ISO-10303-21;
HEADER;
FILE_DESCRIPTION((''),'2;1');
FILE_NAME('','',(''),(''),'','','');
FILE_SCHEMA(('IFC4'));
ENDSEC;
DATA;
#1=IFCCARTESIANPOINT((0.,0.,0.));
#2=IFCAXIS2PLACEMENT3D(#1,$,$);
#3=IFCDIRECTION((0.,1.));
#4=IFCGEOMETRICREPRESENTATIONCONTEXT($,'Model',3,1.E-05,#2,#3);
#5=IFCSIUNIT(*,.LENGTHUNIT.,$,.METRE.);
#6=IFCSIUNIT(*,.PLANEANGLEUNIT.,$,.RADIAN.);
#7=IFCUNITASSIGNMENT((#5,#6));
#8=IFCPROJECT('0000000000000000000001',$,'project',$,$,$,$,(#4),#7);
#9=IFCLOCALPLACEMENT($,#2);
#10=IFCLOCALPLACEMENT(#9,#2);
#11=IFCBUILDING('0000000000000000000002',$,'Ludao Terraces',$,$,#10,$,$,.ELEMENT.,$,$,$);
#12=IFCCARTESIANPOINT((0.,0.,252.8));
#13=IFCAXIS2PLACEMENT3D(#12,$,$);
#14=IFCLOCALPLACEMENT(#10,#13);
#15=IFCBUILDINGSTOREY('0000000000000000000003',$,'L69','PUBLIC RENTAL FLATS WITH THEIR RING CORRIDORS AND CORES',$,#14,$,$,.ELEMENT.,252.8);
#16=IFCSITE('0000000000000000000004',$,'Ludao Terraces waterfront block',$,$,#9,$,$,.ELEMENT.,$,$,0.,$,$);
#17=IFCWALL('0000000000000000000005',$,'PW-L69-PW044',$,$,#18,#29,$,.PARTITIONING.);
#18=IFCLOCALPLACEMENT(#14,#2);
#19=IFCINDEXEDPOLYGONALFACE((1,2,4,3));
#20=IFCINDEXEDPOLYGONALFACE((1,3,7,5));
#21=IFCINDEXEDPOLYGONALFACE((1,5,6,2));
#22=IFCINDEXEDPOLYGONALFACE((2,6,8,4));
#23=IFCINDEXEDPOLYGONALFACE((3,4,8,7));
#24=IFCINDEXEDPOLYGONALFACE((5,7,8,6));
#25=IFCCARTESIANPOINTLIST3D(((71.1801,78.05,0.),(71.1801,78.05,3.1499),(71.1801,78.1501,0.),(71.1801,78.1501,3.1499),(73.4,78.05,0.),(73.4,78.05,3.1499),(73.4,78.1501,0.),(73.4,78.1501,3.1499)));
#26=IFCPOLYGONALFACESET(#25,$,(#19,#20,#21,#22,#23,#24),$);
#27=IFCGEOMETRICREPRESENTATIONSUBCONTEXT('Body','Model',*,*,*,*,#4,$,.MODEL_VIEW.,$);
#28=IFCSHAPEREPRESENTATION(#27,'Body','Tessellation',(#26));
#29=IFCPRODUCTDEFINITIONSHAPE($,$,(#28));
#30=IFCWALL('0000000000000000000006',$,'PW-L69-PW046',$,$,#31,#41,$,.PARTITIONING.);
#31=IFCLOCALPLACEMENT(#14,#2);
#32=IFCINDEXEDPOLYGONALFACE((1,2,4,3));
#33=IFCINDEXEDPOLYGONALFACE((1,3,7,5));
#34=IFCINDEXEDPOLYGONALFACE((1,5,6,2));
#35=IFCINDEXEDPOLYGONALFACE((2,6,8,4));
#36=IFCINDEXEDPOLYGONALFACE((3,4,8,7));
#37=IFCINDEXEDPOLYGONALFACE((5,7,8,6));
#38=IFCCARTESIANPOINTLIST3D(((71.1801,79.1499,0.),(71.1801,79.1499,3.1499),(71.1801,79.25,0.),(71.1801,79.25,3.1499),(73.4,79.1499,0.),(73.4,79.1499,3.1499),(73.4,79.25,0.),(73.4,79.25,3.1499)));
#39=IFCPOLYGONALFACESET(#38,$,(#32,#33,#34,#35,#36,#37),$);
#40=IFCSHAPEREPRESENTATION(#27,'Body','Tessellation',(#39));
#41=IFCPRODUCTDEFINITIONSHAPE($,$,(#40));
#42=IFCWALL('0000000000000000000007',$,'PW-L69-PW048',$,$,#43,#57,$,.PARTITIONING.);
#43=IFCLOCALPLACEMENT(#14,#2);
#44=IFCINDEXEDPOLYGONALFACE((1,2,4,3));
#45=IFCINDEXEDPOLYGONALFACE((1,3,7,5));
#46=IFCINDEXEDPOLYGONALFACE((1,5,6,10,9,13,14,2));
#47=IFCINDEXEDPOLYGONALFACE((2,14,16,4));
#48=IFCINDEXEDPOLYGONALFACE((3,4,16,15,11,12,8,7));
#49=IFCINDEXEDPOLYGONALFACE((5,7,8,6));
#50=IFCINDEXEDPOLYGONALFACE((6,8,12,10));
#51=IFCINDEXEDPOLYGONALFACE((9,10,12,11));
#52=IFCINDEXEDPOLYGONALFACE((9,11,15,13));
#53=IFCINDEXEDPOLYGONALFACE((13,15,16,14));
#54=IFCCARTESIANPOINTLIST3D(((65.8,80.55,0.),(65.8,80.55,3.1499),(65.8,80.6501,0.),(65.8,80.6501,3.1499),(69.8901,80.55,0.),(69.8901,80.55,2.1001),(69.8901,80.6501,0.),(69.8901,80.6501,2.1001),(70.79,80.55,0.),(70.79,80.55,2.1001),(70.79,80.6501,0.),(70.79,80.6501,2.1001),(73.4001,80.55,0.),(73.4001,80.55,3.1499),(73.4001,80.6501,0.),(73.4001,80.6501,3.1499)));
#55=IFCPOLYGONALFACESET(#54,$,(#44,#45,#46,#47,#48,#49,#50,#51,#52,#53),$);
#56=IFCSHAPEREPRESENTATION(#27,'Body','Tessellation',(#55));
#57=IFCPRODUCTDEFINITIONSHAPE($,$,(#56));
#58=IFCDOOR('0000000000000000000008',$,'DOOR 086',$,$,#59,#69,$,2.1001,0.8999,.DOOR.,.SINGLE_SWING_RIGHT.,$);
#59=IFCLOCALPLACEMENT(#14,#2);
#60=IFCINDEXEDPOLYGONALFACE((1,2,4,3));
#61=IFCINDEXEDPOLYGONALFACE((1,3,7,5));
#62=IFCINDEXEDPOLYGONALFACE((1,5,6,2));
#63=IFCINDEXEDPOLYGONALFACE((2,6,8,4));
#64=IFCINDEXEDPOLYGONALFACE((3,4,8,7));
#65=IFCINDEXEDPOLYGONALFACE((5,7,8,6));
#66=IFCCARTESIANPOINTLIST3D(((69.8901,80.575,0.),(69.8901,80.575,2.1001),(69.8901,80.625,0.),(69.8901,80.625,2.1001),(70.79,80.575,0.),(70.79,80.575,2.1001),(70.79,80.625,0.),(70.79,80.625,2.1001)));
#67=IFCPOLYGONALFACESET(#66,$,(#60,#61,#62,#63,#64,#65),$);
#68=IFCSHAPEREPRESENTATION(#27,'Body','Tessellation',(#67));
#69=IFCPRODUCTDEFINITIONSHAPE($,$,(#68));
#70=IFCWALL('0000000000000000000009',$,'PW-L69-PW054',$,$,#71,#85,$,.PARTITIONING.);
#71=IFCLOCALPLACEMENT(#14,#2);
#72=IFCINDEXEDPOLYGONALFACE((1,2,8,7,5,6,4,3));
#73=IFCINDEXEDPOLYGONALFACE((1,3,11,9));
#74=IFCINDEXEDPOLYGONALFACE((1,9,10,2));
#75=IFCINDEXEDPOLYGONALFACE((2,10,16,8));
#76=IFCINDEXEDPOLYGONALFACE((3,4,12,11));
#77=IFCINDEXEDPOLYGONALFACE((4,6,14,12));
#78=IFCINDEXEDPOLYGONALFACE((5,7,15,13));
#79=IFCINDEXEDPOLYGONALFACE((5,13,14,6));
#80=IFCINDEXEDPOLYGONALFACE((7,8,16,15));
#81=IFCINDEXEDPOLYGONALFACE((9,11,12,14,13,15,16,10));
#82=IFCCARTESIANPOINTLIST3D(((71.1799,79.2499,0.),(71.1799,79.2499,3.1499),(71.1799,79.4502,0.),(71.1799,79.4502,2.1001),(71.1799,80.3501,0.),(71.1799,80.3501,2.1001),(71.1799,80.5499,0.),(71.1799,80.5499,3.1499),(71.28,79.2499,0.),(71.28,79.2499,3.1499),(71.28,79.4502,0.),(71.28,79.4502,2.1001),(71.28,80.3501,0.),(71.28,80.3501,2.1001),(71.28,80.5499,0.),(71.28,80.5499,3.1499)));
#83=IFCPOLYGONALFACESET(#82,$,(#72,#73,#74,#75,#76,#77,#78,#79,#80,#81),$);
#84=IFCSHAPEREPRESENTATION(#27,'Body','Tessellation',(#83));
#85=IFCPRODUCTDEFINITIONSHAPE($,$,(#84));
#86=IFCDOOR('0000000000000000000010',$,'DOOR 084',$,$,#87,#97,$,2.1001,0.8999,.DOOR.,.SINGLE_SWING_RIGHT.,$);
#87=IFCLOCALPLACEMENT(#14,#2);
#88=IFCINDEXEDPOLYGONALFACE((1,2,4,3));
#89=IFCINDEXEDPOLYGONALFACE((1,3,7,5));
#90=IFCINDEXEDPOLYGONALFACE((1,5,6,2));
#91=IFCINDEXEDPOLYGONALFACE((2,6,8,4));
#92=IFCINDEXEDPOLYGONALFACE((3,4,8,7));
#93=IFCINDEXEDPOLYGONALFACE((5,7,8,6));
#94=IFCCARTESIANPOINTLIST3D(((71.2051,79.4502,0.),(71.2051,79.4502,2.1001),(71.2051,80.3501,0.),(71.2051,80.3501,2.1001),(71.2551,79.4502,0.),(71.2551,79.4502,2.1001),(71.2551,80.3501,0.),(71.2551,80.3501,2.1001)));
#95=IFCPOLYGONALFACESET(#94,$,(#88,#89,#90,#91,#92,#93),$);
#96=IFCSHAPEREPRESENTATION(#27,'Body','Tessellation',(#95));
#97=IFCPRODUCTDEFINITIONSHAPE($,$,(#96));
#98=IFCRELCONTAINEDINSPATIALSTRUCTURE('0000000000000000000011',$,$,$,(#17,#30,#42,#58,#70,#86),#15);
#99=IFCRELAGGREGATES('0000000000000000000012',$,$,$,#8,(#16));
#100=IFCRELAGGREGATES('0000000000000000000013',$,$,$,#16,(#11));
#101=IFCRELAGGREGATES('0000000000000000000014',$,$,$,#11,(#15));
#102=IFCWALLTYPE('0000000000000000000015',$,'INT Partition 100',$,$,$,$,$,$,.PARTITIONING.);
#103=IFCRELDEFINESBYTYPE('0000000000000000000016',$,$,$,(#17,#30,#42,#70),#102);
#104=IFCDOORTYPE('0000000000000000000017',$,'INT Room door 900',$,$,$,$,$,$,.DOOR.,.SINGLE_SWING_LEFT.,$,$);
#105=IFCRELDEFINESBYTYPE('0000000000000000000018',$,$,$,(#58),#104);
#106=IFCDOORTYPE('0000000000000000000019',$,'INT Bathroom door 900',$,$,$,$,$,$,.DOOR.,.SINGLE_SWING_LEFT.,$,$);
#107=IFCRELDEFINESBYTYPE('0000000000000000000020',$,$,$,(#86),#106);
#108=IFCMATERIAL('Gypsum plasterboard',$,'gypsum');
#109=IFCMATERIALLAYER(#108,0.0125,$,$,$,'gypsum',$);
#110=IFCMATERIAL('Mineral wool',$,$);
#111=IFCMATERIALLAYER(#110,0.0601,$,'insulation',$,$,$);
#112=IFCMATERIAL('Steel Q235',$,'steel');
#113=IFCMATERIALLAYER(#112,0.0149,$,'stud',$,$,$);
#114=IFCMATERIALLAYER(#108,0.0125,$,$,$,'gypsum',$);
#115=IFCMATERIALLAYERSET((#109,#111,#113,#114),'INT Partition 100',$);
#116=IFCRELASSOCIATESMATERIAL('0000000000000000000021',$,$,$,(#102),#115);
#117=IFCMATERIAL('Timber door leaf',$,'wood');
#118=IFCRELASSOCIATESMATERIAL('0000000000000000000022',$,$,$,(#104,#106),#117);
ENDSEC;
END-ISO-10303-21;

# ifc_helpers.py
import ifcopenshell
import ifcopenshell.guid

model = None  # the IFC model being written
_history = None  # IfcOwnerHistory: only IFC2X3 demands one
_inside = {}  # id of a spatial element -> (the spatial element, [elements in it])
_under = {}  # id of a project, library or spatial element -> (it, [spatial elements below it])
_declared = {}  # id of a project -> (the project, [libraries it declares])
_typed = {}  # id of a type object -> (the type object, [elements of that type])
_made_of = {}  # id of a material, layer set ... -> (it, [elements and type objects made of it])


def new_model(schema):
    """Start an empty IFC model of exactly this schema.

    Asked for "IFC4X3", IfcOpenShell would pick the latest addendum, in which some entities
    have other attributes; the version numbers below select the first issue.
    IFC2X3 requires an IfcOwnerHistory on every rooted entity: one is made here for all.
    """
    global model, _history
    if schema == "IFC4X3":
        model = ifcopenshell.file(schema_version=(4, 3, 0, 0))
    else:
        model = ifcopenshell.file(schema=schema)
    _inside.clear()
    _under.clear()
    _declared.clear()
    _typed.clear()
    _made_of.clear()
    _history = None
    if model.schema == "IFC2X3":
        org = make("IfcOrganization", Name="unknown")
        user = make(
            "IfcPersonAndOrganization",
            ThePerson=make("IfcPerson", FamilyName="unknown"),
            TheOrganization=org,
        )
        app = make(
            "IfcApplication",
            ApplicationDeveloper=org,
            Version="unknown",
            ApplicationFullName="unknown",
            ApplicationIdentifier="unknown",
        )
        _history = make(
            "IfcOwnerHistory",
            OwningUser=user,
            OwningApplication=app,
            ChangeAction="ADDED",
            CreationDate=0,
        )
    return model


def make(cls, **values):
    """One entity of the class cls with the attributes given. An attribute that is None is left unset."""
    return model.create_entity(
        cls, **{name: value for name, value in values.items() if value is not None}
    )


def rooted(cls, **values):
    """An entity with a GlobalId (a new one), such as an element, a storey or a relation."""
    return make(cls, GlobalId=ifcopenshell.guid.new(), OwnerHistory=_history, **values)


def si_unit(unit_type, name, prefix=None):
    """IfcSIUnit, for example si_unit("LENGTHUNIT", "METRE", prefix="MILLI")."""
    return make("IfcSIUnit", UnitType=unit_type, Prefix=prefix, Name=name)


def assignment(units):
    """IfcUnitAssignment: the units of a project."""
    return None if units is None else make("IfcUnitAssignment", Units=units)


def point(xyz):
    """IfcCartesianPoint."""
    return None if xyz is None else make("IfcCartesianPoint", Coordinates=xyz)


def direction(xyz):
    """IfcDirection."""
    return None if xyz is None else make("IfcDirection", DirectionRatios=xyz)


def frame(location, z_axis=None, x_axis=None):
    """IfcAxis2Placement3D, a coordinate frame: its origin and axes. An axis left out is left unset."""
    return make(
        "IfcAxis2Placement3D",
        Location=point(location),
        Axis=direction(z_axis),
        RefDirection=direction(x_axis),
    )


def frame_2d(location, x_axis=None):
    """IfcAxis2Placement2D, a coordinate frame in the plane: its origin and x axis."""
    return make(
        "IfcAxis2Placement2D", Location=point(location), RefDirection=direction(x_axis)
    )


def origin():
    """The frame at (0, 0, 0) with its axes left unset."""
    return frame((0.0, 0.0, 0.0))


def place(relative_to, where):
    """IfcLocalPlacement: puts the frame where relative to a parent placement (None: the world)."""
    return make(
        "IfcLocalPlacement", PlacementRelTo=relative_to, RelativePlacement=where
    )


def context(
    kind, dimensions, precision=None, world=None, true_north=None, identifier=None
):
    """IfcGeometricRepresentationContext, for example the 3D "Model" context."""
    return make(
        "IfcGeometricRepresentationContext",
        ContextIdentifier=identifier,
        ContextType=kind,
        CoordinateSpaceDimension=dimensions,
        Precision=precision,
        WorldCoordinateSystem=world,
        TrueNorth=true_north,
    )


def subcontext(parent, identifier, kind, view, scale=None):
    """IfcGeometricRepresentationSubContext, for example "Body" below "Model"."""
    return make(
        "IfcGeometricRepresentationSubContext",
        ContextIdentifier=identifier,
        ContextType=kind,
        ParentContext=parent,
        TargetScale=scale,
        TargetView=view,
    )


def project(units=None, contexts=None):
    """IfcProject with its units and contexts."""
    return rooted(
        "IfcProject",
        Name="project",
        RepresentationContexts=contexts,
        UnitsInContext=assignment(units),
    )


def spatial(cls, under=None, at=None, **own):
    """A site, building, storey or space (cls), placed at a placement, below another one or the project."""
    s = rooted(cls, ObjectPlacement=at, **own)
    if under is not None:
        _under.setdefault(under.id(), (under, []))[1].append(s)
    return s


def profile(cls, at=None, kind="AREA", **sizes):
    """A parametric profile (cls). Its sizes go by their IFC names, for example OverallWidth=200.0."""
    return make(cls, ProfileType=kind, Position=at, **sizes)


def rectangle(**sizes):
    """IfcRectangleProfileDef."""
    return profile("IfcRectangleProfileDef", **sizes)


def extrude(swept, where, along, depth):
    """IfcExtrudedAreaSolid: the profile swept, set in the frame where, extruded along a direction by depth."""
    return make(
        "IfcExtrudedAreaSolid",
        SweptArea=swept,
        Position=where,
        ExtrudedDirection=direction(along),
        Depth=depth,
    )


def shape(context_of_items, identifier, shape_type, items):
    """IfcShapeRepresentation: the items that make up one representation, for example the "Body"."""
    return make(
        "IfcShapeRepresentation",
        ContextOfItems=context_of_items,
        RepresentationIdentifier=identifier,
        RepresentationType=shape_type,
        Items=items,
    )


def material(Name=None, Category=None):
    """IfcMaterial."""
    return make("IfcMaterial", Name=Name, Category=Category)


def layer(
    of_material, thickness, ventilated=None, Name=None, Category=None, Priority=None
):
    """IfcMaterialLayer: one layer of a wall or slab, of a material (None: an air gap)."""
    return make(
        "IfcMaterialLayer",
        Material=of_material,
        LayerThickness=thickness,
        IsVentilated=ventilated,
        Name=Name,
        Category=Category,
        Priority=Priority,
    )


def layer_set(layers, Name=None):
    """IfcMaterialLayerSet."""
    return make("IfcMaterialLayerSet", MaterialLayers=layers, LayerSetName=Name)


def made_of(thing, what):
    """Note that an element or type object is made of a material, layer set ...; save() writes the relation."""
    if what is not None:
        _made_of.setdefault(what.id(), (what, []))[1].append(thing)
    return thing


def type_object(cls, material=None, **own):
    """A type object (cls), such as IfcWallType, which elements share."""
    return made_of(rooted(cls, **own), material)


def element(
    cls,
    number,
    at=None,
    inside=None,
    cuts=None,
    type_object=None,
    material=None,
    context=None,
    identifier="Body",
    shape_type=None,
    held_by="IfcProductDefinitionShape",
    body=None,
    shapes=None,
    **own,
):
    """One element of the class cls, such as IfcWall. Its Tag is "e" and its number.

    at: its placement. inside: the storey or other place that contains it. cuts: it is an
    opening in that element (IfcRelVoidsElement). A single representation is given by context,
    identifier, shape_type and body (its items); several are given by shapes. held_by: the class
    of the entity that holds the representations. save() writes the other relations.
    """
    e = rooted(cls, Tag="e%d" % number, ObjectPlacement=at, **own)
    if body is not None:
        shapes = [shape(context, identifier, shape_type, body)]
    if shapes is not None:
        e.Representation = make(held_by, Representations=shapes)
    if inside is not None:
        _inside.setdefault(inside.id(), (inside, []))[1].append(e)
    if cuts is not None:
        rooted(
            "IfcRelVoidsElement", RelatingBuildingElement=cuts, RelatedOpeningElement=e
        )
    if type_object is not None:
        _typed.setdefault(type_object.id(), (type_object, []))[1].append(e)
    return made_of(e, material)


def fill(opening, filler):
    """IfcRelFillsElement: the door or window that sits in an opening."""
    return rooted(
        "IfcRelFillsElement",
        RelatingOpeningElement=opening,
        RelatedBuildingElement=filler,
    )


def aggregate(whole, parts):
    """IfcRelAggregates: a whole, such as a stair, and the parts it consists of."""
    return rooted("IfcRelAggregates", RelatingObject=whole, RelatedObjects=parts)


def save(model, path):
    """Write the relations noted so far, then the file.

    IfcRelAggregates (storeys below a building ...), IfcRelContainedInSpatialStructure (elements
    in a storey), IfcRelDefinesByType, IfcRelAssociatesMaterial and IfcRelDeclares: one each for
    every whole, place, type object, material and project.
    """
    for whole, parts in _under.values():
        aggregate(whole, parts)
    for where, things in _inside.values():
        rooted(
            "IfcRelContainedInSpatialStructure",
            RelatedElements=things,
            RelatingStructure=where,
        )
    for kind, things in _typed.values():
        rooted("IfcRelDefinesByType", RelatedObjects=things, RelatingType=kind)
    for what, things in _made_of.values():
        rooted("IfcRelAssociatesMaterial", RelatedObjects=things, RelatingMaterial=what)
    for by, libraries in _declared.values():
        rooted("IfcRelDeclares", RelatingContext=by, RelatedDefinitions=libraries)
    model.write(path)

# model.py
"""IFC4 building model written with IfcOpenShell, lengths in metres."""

from ifc_helpers import new_model, si_unit, direction, frame, frame_2d, origin, place, context, subcontext, project, spatial, rectangle, extrude, material, layer, layer_set, type_object, element, fill, save


model = new_model("IFC4")

# Units and contexts
model_context = context("Model", 3, precision=1e-05, world=origin(), true_north=direction((0.0, 1.0)))
body_context = subcontext(model_context, "Body", "Model", "MODEL_VIEW")
ifc_project = project(units=[si_unit("LENGTHUNIT", "METRE"), si_unit("PLANEANGLEUNIT", "RADIAN")], contexts=[model_context])

# Site, building, storey
site_placement = place(None, origin())
site = spatial("IfcSite", under=ifc_project, at=site_placement, Name="Ludao Terraces waterfront block", CompositionType="ELEMENT", RefElevation=0.0)
building_placement = place(site_placement, origin())
building = spatial("IfcBuilding", under=site, at=building_placement, Name="Ludao Terraces", CompositionType="ELEMENT")
storey_placement = place(building_placement, frame((0.0, 0.0, 252.8)))
storey = spatial("IfcBuildingStorey", under=building, at=storey_placement, Name="L69", Description="PUBLIC RENTAL FLATS WITH THEIR RING CORRIDORS AND CORES", CompositionType="ELEMENT", Elevation=252.8)

# Shared definitions
ifc_material_1 = material(Name="Steel Q235", Category="steel")

# Shared definitions
ifc_material_2 = material(Name="Mineral wool")

# Walls
ifc_material_3 = material(Name="Gypsum plasterboard", Category="gypsum")
ifc_layer_1 = layer(ifc_material_3, 0.0125, Category="gypsum")
ifc_layer_2 = layer(ifc_material_2, 0.0601, Name="insulation")
ifc_layer_3 = layer(ifc_material_1, 0.0149, Name="stud")
ifc_layer_4 = layer(ifc_material_3, 0.0125, Category="gypsum")
ifc_layer_set_1 = layer_set([ifc_layer_1, ifc_layer_2, ifc_layer_3, ifc_layer_4], Name="INT Partition 100")
wall_type_1 = type_object("IfcWallType", Name="INT Partition 100", PredefinedType="PARTITIONING", material=ifc_layer_set_1)
for number, where, z_axis, x_axis, name in (
    (1, (71.1802, 78.1001, 0.0), (0.0, 0.0, 1.0), (1.0, 0.0, 0.0), "PW-L69-PW044"),
    (2, (71.1802, 79.2, 0.0), (0.0, 0.0, 1.0), (1.0, 0.0, 0.0), "PW-L69-PW046"),
):
    element("IfcWall", number, at=place(storey_placement, frame(where, z_axis=z_axis, x_axis=x_axis)), inside=storey, type_object=wall_type_1, Name=name, PredefinedType="PARTITIONING", context=body_context, shape_type="SweptSolid", body=[
        extrude(rectangle(XDim=2.22, YDim=0.1001, at=frame_2d((1.1099, 0.0))), origin(), (0.0, 0.0, 1.0), 3.1499),
    ])

# Walls, openings, doors
wall_1_placement = place(storey_placement, frame((65.8, 80.6001, 0.0), z_axis=(0.0, 0.0, 1.0), x_axis=(1.0, 0.0, 0.0)))
wall_1 = element("IfcWall", 3, at=wall_1_placement, inside=storey, type_object=wall_type_1, Name="PW-L69-PW048", PredefinedType="PARTITIONING", context=body_context, shape_type="SweptSolid", body=[
    extrude(rectangle(XDim=7.6001, YDim=0.1001, at=frame_2d((3.8, 0.0))), origin(), (0.0, 0.0, 1.0), 3.1499),
])
opening_1_placement = place(wall_1_placement, frame((4.0901, 0.0, 0.0)))
opening_1 = element("IfcOpeningElement", 4, at=opening_1_placement, cuts=wall_1, PredefinedType="OPENING", context=body_context, shape_type="SweptSolid", body=[
    extrude(rectangle(XDim=0.8999, YDim=2.1001, at=frame_2d((0.45, 1.05))), frame((0.0, 0.0601, 0.0), z_axis=(0.0, -1.0, 0.0), x_axis=(1.0, 0.0, 0.0)), (0.0, 0.0, 1.0), 0.1201),
])
ifc_material_4 = material(Name="Timber door leaf", Category="wood")
door_type_1 = type_object("IfcDoorType", Name="INT Room door 900", OperationType="SINGLE_SWING_LEFT", PredefinedType="DOOR", material=ifc_material_4)
door_1_placement = place(opening_1_placement, origin())
door_1 = element("IfcDoor", 5, at=door_1_placement, inside=storey, type_object=door_type_1, Name="DOOR 086", OperationType="SINGLE_SWING_RIGHT", OverallHeight=2.1001, OverallWidth=0.8999, PredefinedType="DOOR", context=body_context, shape_type="SweptSolid", body=[
    extrude(rectangle(XDim=0.8999, YDim=2.1001, at=frame_2d((0.45, 1.05))), frame((0.0, 0.0249, 0.0), z_axis=(0.0, -1.0, 0.0), x_axis=(1.0, 0.0, 0.0)), (0.0, 0.0, 1.0), 0.05),
])
fill(opening_1, door_1)
wall_2_placement = place(storey_placement, frame((71.23, 79.25, 0.0), z_axis=(0.0, 0.0, 1.0), x_axis=(0.0, 1.0, 0.0)))
wall_2 = element("IfcWall", 6, at=wall_2_placement, inside=storey, type_object=wall_type_1, Name="PW-L69-PW054", PredefinedType="PARTITIONING", context=body_context, shape_type="SweptSolid", body=[
    extrude(rectangle(XDim=1.3, YDim=0.1001, at=frame_2d((0.6499, 0.0))), origin(), (0.0, 0.0, 1.0), 3.1499),
])
opening_2_placement = place(wall_2_placement, frame((0.2002, 0.0, 0.0)))
opening_2 = element("IfcOpeningElement", 7, at=opening_2_placement, cuts=wall_2, PredefinedType="OPENING", context=body_context, shape_type="SweptSolid", body=[
    extrude(rectangle(XDim=0.8999, YDim=2.1001, at=frame_2d((0.45, 1.05))), frame((0.0, 0.0601, 0.0), z_axis=(0.0, -1.0, 0.0), x_axis=(1.0, 0.0, 0.0)), (0.0, 0.0, 1.0), 0.1201),
])
door_type_2 = type_object("IfcDoorType", Name="INT Bathroom door 900", OperationType="SINGLE_SWING_LEFT", PredefinedType="DOOR", material=ifc_material_4)
door_2_placement = place(opening_2_placement, origin())
door_2 = element("IfcDoor", 8, at=door_2_placement, inside=storey, type_object=door_type_2, Name="DOOR 084", OperationType="SINGLE_SWING_RIGHT", OverallHeight=2.1001, OverallWidth=0.8999, PredefinedType="DOOR", context=body_context, shape_type="SweptSolid", body=[
    extrude(rectangle(XDim=0.8999, YDim=2.1001, at=frame_2d((0.45, 1.05))), frame((0.0, 0.0249, 0.0), z_axis=(0.0, -1.0, 0.0), x_axis=(1.0, 0.0, 0.0)), (0.0, 0.0, 1.0), 0.05),
])
fill(opening_2, door_2)

save(model, "model.ifc")
